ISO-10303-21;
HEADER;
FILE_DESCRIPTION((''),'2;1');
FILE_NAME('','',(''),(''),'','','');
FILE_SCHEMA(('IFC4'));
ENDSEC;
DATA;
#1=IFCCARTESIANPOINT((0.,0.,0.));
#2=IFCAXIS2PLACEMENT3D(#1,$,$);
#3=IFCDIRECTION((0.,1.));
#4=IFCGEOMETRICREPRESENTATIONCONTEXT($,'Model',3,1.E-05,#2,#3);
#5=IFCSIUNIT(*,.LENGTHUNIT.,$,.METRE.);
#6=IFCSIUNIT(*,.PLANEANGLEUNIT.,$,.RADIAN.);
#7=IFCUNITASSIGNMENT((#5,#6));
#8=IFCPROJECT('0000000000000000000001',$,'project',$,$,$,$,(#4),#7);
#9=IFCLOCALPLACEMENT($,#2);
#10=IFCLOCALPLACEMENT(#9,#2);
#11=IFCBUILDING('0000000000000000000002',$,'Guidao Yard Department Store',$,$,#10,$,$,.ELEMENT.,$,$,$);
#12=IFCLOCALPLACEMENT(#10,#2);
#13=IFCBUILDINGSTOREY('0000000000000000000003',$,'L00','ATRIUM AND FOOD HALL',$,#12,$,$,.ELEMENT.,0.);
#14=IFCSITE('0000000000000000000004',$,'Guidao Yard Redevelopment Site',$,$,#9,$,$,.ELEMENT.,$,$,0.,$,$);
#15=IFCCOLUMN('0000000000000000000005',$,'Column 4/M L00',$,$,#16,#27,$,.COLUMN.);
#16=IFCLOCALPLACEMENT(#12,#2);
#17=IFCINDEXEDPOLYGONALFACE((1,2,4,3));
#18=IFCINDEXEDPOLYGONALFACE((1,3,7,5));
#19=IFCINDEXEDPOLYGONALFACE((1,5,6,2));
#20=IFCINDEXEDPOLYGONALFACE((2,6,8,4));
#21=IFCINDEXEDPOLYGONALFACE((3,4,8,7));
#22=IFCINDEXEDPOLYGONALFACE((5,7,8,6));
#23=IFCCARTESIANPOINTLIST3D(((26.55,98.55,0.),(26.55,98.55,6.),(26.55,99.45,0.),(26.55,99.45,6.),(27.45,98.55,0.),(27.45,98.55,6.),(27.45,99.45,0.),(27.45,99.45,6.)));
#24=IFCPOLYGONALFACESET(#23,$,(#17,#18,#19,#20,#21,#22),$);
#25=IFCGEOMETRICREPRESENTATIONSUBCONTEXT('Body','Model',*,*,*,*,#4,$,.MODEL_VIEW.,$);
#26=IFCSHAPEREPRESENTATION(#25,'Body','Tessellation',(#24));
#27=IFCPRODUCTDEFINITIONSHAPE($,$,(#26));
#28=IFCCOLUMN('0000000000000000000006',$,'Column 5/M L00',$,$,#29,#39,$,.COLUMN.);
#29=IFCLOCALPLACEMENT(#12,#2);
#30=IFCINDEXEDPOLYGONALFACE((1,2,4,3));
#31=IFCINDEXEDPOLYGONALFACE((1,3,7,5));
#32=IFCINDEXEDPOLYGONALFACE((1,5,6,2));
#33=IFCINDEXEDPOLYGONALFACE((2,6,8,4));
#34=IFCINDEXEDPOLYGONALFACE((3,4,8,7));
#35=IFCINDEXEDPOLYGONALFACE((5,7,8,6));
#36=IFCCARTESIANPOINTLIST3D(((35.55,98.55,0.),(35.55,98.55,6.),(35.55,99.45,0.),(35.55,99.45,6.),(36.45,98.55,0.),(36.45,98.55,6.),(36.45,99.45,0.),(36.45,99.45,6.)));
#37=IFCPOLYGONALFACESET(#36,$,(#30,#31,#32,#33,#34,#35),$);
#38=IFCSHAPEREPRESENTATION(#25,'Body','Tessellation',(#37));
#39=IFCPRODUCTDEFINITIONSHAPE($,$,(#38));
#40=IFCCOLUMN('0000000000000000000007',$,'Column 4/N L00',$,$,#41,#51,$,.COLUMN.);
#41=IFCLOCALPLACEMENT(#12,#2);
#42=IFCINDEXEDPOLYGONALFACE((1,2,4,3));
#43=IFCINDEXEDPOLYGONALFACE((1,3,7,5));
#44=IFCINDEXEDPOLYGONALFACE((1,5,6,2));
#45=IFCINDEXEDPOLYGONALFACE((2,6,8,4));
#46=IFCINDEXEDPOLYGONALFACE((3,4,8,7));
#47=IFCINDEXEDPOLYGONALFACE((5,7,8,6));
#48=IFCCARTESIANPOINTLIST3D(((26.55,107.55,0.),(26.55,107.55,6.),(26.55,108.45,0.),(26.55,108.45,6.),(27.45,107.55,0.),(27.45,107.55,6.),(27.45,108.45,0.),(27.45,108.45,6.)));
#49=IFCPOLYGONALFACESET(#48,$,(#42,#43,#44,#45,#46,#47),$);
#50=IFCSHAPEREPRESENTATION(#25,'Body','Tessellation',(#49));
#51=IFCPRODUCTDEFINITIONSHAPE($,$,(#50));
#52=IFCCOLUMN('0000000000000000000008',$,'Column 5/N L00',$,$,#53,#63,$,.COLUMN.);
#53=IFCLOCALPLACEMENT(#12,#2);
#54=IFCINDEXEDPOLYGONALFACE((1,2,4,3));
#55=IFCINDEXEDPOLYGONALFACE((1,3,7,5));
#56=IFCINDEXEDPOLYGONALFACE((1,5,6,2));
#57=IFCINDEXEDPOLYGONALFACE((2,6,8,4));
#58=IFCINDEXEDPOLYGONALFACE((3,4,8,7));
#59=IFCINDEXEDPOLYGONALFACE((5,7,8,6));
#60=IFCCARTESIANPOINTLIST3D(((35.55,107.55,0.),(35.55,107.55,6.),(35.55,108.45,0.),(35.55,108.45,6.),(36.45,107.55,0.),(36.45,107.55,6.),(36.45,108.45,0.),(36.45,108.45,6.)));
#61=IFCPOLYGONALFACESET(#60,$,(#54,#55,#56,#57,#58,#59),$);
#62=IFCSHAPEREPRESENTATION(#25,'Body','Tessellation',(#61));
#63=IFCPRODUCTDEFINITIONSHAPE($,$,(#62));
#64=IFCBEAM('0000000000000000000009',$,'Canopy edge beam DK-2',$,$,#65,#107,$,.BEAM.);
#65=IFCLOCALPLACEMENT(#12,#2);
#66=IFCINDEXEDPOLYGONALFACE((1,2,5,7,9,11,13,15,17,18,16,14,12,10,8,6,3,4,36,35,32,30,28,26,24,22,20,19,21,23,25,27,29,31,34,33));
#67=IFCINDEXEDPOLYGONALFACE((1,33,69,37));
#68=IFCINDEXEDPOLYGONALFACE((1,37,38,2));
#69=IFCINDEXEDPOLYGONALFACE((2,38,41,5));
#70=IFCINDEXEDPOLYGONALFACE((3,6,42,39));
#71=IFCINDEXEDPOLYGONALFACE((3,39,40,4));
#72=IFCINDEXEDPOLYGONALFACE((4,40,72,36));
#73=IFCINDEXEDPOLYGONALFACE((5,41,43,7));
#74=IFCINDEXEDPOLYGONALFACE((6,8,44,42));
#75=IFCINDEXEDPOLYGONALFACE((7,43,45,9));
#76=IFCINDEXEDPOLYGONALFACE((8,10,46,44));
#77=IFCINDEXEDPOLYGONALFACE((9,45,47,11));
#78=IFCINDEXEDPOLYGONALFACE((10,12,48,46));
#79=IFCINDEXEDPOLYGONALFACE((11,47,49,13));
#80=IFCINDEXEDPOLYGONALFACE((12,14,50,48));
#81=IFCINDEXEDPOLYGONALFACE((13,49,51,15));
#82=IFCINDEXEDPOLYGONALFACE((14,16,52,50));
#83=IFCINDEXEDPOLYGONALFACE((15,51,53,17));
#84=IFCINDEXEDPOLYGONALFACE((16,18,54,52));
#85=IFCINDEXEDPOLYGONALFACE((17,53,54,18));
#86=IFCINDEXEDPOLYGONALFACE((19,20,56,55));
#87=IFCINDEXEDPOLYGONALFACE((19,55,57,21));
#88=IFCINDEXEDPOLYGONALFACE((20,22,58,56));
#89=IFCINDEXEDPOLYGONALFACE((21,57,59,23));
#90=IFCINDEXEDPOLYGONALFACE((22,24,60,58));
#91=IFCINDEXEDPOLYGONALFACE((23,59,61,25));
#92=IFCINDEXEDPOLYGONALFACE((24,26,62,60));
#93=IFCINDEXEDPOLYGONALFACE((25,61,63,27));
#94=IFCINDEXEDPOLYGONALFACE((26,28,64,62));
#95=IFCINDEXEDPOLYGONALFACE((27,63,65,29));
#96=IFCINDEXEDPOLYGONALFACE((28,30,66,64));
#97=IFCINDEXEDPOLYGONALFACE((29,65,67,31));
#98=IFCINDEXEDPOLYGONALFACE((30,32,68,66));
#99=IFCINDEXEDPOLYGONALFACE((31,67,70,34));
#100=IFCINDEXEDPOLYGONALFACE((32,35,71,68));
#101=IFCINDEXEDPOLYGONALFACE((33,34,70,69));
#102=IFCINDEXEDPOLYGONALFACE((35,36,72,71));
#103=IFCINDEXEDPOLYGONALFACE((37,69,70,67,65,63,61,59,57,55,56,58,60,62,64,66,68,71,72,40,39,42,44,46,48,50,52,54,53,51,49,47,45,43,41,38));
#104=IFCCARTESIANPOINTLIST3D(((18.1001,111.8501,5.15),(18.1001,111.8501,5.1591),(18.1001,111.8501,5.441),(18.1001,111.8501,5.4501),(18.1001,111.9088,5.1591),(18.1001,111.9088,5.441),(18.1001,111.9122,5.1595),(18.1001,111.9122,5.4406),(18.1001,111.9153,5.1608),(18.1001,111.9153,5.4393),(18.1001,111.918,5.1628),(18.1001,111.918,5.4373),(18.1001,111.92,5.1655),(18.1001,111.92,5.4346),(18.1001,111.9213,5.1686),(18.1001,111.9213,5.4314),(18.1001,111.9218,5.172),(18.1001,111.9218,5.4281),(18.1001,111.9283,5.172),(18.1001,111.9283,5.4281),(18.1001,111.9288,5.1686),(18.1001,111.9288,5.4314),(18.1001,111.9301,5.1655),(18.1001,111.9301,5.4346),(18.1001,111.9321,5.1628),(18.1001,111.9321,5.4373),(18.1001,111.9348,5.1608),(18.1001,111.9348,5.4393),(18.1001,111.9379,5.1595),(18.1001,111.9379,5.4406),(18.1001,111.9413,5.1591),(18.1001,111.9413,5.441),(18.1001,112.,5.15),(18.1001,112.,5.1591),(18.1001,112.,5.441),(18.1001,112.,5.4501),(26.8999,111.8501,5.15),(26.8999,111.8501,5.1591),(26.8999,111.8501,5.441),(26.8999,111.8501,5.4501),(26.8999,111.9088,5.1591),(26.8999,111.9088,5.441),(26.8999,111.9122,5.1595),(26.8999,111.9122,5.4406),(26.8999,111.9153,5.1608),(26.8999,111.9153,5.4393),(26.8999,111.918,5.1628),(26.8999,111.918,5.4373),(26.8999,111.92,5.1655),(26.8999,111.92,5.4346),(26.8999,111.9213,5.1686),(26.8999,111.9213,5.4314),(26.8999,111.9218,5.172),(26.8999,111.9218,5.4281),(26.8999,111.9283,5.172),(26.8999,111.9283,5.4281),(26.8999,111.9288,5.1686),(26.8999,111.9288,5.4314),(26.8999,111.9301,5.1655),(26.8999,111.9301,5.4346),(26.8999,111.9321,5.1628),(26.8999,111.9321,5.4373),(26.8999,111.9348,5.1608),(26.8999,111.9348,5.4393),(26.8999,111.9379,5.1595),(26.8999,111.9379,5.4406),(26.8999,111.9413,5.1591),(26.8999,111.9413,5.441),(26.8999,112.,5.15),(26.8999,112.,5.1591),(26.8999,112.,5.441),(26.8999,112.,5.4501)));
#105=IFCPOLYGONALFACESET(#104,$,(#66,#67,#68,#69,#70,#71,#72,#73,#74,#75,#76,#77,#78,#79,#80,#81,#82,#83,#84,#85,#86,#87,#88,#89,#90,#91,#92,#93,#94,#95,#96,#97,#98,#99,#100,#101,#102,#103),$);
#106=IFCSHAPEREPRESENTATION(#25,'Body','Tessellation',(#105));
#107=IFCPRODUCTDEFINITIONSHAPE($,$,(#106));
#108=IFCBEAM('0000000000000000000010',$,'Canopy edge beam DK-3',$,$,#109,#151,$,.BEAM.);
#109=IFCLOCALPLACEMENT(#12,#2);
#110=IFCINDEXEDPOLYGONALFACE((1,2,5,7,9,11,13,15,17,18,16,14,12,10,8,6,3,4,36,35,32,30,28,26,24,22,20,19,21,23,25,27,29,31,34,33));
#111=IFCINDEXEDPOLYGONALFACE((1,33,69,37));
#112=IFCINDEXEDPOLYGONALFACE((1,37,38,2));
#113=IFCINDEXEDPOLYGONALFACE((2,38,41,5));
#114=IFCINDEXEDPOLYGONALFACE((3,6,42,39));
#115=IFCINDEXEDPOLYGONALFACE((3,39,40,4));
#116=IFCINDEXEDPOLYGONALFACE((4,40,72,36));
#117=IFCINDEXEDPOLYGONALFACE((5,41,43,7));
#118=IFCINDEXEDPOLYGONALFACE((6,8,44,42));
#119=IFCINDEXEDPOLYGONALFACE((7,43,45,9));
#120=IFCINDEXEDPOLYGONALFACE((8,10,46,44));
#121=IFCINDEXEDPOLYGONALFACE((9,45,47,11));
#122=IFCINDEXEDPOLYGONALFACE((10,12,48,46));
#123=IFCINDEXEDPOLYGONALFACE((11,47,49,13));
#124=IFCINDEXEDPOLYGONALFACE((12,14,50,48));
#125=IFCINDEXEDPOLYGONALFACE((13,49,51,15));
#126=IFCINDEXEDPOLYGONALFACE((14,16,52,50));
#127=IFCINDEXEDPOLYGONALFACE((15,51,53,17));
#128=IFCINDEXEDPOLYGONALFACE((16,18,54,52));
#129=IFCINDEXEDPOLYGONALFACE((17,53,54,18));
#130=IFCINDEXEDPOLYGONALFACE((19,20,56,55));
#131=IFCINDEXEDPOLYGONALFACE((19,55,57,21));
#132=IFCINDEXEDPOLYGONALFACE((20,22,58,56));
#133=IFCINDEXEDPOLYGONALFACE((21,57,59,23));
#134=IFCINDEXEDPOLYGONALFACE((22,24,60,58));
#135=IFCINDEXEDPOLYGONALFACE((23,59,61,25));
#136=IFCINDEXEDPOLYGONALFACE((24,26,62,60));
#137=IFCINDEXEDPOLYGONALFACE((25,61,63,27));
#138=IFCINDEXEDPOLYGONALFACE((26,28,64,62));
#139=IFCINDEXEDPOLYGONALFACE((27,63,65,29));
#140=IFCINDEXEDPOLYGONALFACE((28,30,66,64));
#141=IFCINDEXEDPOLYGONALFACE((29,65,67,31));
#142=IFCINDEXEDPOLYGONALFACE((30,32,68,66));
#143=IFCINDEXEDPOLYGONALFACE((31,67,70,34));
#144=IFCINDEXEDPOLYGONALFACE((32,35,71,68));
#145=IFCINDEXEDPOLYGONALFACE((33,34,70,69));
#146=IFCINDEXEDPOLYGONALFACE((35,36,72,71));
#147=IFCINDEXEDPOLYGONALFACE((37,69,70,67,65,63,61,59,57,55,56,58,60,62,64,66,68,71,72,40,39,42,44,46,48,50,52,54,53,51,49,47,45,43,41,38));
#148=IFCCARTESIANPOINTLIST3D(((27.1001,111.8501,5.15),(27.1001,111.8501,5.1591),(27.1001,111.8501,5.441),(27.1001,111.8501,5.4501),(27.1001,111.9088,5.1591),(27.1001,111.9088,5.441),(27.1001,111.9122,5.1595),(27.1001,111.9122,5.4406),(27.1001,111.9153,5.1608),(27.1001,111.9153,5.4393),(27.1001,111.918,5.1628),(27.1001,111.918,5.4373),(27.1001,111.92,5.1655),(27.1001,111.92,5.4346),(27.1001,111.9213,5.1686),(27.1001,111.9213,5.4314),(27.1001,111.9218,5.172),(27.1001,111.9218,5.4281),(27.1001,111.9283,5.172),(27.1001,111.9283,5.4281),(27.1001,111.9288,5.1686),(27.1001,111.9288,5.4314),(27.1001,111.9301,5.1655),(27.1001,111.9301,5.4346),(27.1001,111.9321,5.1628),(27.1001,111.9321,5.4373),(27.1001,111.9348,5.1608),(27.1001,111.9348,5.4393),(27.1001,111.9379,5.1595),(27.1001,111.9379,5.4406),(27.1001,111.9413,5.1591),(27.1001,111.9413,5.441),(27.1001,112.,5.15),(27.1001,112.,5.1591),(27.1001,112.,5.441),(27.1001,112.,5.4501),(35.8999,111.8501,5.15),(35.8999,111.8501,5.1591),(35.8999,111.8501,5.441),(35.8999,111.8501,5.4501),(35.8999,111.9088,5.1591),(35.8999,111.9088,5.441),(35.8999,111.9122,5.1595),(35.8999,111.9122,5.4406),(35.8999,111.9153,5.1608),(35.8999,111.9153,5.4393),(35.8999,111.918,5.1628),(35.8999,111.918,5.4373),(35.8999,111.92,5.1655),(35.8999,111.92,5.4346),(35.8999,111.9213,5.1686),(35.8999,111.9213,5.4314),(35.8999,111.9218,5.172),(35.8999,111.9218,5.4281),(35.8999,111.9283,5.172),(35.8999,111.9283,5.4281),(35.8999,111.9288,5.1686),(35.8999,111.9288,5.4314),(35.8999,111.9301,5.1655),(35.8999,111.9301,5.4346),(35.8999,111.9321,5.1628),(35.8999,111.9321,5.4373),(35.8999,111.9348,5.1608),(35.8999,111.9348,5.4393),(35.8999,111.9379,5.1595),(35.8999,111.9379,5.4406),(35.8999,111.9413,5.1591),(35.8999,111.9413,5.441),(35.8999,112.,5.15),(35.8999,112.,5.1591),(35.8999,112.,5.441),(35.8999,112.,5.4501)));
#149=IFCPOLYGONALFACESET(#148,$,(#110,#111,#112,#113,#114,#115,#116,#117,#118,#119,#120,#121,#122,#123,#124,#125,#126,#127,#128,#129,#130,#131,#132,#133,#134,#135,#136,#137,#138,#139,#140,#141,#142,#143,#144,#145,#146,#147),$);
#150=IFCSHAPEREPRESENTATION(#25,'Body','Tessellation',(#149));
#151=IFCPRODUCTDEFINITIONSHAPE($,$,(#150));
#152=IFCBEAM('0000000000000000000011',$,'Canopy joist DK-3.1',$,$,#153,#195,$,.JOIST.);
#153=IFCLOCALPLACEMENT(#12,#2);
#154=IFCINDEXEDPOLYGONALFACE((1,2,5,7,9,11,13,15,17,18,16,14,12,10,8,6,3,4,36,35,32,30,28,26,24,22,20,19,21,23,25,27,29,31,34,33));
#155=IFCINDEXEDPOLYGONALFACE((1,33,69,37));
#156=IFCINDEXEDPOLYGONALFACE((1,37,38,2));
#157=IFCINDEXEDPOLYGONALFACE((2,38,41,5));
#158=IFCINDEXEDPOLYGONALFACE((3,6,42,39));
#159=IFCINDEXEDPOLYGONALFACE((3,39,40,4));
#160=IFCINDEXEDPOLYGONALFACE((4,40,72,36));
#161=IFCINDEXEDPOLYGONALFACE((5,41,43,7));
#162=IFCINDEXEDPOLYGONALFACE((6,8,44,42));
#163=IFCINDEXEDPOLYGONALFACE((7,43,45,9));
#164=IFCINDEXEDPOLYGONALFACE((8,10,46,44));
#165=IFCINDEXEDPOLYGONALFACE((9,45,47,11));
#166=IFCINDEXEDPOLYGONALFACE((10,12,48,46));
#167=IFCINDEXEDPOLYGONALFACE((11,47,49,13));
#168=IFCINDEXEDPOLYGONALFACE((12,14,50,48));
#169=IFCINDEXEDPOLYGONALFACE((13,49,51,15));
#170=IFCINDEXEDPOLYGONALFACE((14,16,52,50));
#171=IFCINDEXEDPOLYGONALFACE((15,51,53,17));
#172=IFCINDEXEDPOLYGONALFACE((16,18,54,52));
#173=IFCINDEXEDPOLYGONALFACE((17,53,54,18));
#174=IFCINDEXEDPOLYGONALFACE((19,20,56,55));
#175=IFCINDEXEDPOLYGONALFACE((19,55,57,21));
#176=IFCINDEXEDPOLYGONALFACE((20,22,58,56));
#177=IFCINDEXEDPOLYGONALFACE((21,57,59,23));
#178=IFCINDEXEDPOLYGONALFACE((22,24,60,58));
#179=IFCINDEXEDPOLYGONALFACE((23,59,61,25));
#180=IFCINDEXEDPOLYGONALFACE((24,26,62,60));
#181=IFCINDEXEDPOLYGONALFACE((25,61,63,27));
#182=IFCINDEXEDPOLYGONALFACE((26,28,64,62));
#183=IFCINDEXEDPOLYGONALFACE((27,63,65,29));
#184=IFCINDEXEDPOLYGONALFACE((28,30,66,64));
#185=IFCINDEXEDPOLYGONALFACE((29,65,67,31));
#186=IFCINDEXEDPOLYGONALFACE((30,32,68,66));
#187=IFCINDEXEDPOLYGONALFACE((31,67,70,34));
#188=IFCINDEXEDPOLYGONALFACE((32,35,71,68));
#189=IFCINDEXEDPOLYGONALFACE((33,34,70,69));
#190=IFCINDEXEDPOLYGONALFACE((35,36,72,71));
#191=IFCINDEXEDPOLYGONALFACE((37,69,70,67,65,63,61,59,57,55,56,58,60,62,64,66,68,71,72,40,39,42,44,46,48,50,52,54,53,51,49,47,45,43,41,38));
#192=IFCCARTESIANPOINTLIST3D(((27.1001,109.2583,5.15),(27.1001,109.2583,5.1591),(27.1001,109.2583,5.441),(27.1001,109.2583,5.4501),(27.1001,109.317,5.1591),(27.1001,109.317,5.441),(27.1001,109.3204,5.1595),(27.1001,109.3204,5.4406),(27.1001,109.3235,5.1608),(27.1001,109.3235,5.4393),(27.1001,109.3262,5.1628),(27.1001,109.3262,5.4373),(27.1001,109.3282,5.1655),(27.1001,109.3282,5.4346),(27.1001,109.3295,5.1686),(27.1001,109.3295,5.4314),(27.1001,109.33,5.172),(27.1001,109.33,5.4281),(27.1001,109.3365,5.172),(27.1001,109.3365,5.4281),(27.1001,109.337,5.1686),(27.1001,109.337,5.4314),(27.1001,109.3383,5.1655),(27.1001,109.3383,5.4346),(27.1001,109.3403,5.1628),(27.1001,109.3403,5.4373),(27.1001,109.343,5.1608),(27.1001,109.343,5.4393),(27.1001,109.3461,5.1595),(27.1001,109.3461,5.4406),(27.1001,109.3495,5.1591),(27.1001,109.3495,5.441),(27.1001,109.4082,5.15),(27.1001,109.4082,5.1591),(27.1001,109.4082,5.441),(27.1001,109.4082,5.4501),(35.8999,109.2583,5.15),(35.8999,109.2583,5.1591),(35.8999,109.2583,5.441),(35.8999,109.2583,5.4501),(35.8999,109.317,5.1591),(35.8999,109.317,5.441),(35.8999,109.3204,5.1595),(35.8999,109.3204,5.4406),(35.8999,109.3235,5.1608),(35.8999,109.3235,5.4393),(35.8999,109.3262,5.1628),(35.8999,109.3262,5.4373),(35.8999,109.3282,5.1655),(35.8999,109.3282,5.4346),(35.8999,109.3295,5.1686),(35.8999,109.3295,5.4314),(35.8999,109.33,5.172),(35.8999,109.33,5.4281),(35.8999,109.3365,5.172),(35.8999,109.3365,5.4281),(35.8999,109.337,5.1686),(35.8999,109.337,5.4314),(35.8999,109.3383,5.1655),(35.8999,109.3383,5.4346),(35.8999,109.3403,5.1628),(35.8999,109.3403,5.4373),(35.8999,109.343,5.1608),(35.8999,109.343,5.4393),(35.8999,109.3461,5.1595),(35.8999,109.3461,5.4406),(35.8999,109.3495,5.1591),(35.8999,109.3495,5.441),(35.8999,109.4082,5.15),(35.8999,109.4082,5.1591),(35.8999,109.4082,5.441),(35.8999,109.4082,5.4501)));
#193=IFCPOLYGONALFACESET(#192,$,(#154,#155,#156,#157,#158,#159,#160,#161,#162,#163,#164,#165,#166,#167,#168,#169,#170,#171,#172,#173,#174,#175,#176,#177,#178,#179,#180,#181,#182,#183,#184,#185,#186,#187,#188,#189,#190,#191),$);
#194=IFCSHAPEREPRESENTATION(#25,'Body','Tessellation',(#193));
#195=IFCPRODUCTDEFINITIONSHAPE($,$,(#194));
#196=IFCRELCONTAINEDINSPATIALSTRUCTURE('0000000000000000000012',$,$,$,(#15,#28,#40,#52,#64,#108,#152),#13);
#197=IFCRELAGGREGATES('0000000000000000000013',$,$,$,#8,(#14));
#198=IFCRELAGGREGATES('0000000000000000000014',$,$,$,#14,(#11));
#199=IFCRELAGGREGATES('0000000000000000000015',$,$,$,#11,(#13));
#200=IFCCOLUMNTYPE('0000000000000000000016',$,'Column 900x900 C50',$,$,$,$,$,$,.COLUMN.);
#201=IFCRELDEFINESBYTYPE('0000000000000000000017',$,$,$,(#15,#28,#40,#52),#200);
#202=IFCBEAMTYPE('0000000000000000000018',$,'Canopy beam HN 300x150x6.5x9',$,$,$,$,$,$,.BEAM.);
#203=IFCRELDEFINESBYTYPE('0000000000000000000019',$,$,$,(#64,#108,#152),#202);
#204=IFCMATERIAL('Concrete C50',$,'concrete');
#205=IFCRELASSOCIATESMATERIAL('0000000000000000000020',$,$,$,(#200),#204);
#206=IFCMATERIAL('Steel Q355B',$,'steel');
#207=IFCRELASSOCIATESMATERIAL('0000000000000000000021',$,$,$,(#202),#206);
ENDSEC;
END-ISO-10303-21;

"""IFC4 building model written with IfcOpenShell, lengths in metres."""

from ifc_helpers import new_model, si_unit, direction, frame, origin, origin_2d, place, context, subcontext, project, spatial, rectangle, i_section, extrude, material, material_profile, profile_set, type_object, element, save


model = new_model("IFC4")

# Units and contexts
model_context = context("Model", 3, precision=1e-05, world=origin(), true_north=direction((0.0, 1.0)))
body_context = subcontext(model_context, "Body", "Model", "MODEL_VIEW")
ifc_project = project(units=[si_unit("LENGTHUNIT", "METRE"), si_unit("PLANEANGLEUNIT", "RADIAN")], contexts=[model_context])

# Site, building, storey
site_placement = place(None, origin())
site = spatial("IfcSite", under=ifc_project, at=site_placement, Name="Guidao Yard Redevelopment Site", CompositionType="ELEMENT", RefElevation=0.0)
building_placement = place(site_placement, origin())
building = spatial("IfcBuilding", under=site, at=building_placement, Name="Guidao Yard Department Store", CompositionType="ELEMENT")
storey_placement = place(building_placement, origin())
storey = spatial("IfcBuildingStorey", under=building, at=storey_placement, Name="L00", Description="ATRIUM AND FOOD HALL", CompositionType="ELEMENT", Elevation=0.0)

# Columns
ifc_material_1 = material(Name="Concrete C50", Category="concrete")
ifc_material_profile_1 = material_profile(ifc_material_1, rectangle(XDim=0.8999, YDim=0.8999, at=origin_2d()), Name="COL 900x900")
ifc_profile_set_1 = profile_set([ifc_material_profile_1], Name="Concrete C50")
column_type = type_object("IfcColumnType", Name="Column 900x900 C50", PredefinedType="COLUMN", material=ifc_profile_set_1)
for number, where, z_axis, x_axis, name in (
    (1, (27.0, 99.0, 0.0), (0.0, 0.0, 1.0), (1.0, 0.0, 0.0), "Column 4/M L00"),
    (2, (36.0, 99.0, 0.0), (0.0, 0.0, 1.0), (1.0, 0.0, 0.0), "Column 5/M L00"),
    (3, (27.0, 108.0, 0.0), (0.0, 0.0, 1.0), (1.0, 0.0, 0.0), "Column 4/N L00"),
    (4, (36.0, 108.0, 0.0), (0.0, 0.0, 1.0), (1.0, 0.0, 0.0), "Column 5/N L00"),
):
    element("IfcColumn", number, at=place(storey_placement, frame(where, z_axis=z_axis, x_axis=x_axis)), inside=storey, type_object=column_type, Name=name, PredefinedType="COLUMN", context=body_context, shape_type="SweptSolid", body=[
        extrude(rectangle(XDim=0.8999, YDim=0.8999, at=origin_2d()), origin(), (0.0, 0.0, 1.0), 6.0),
    ])

# Beams
ifc_material_2 = material(Name="Steel Q355B", Category="steel")
ifc_material_profile_2 = material_profile(ifc_material_2, i_section(OverallWidth=0.1499, OverallDepth=0.3, WebThickness=0.0066, FlangeThickness=0.009, FilletRadius=0.0129, at=origin_2d()), Name="HN 300x150x6.5x9")
ifc_profile_set_2 = profile_set([ifc_material_profile_2], Name="Steel Q355B")
beam_type_1 = type_object("IfcBeamType", Name="Canopy beam HN 300x150x6.5x9", PredefinedType="BEAM", material=ifc_profile_set_2)
for number, where, z_axis, x_axis, name in (
    (5, (18.1001, 111.925, 5.3), (1.0, 0.0, 0.0), (0.0, 1.0, 0.0), "Canopy edge beam DK-2"),
    (6, (27.1001, 111.925, 5.3), (1.0, 0.0, 0.0), (0.0, 1.0, 0.0), "Canopy edge beam DK-3"),
):
    element("IfcBeam", number, at=place(storey_placement, frame(where, z_axis=z_axis, x_axis=x_axis)), inside=storey, type_object=beam_type_1, Name=name, PredefinedType="BEAM", context=body_context, shape_type="SweptSolid", body=[
        extrude(i_section(OverallWidth=0.1499, OverallDepth=0.3, WebThickness=0.0066, FlangeThickness=0.009, FilletRadius=0.0129, at=origin_2d()), origin(), (0.0, 0.0, 1.0), 8.7998),
    ])
for number, where, z_axis, x_axis, name in (
    (7, (27.1001, 109.3333, 5.3), (1.0, 0.0, 0.0), (0.0, 1.0, 0.0), "Canopy joist DK-3.1"),
):
    element("IfcBeam", number, at=place(storey_placement, frame(where, z_axis=z_axis, x_axis=x_axis)), inside=storey, type_object=beam_type_1, Name=name, PredefinedType="JOIST", context=body_context, shape_type="SweptSolid", body=[
        extrude(i_section(OverallWidth=0.1499, OverallDepth=0.3, WebThickness=0.0066, FlangeThickness=0.009, FilletRadius=0.0129, at=origin_2d()), origin(), (0.0, 0.0, 1.0), 8.7998),
    ])

save(model, "model.ifc")
